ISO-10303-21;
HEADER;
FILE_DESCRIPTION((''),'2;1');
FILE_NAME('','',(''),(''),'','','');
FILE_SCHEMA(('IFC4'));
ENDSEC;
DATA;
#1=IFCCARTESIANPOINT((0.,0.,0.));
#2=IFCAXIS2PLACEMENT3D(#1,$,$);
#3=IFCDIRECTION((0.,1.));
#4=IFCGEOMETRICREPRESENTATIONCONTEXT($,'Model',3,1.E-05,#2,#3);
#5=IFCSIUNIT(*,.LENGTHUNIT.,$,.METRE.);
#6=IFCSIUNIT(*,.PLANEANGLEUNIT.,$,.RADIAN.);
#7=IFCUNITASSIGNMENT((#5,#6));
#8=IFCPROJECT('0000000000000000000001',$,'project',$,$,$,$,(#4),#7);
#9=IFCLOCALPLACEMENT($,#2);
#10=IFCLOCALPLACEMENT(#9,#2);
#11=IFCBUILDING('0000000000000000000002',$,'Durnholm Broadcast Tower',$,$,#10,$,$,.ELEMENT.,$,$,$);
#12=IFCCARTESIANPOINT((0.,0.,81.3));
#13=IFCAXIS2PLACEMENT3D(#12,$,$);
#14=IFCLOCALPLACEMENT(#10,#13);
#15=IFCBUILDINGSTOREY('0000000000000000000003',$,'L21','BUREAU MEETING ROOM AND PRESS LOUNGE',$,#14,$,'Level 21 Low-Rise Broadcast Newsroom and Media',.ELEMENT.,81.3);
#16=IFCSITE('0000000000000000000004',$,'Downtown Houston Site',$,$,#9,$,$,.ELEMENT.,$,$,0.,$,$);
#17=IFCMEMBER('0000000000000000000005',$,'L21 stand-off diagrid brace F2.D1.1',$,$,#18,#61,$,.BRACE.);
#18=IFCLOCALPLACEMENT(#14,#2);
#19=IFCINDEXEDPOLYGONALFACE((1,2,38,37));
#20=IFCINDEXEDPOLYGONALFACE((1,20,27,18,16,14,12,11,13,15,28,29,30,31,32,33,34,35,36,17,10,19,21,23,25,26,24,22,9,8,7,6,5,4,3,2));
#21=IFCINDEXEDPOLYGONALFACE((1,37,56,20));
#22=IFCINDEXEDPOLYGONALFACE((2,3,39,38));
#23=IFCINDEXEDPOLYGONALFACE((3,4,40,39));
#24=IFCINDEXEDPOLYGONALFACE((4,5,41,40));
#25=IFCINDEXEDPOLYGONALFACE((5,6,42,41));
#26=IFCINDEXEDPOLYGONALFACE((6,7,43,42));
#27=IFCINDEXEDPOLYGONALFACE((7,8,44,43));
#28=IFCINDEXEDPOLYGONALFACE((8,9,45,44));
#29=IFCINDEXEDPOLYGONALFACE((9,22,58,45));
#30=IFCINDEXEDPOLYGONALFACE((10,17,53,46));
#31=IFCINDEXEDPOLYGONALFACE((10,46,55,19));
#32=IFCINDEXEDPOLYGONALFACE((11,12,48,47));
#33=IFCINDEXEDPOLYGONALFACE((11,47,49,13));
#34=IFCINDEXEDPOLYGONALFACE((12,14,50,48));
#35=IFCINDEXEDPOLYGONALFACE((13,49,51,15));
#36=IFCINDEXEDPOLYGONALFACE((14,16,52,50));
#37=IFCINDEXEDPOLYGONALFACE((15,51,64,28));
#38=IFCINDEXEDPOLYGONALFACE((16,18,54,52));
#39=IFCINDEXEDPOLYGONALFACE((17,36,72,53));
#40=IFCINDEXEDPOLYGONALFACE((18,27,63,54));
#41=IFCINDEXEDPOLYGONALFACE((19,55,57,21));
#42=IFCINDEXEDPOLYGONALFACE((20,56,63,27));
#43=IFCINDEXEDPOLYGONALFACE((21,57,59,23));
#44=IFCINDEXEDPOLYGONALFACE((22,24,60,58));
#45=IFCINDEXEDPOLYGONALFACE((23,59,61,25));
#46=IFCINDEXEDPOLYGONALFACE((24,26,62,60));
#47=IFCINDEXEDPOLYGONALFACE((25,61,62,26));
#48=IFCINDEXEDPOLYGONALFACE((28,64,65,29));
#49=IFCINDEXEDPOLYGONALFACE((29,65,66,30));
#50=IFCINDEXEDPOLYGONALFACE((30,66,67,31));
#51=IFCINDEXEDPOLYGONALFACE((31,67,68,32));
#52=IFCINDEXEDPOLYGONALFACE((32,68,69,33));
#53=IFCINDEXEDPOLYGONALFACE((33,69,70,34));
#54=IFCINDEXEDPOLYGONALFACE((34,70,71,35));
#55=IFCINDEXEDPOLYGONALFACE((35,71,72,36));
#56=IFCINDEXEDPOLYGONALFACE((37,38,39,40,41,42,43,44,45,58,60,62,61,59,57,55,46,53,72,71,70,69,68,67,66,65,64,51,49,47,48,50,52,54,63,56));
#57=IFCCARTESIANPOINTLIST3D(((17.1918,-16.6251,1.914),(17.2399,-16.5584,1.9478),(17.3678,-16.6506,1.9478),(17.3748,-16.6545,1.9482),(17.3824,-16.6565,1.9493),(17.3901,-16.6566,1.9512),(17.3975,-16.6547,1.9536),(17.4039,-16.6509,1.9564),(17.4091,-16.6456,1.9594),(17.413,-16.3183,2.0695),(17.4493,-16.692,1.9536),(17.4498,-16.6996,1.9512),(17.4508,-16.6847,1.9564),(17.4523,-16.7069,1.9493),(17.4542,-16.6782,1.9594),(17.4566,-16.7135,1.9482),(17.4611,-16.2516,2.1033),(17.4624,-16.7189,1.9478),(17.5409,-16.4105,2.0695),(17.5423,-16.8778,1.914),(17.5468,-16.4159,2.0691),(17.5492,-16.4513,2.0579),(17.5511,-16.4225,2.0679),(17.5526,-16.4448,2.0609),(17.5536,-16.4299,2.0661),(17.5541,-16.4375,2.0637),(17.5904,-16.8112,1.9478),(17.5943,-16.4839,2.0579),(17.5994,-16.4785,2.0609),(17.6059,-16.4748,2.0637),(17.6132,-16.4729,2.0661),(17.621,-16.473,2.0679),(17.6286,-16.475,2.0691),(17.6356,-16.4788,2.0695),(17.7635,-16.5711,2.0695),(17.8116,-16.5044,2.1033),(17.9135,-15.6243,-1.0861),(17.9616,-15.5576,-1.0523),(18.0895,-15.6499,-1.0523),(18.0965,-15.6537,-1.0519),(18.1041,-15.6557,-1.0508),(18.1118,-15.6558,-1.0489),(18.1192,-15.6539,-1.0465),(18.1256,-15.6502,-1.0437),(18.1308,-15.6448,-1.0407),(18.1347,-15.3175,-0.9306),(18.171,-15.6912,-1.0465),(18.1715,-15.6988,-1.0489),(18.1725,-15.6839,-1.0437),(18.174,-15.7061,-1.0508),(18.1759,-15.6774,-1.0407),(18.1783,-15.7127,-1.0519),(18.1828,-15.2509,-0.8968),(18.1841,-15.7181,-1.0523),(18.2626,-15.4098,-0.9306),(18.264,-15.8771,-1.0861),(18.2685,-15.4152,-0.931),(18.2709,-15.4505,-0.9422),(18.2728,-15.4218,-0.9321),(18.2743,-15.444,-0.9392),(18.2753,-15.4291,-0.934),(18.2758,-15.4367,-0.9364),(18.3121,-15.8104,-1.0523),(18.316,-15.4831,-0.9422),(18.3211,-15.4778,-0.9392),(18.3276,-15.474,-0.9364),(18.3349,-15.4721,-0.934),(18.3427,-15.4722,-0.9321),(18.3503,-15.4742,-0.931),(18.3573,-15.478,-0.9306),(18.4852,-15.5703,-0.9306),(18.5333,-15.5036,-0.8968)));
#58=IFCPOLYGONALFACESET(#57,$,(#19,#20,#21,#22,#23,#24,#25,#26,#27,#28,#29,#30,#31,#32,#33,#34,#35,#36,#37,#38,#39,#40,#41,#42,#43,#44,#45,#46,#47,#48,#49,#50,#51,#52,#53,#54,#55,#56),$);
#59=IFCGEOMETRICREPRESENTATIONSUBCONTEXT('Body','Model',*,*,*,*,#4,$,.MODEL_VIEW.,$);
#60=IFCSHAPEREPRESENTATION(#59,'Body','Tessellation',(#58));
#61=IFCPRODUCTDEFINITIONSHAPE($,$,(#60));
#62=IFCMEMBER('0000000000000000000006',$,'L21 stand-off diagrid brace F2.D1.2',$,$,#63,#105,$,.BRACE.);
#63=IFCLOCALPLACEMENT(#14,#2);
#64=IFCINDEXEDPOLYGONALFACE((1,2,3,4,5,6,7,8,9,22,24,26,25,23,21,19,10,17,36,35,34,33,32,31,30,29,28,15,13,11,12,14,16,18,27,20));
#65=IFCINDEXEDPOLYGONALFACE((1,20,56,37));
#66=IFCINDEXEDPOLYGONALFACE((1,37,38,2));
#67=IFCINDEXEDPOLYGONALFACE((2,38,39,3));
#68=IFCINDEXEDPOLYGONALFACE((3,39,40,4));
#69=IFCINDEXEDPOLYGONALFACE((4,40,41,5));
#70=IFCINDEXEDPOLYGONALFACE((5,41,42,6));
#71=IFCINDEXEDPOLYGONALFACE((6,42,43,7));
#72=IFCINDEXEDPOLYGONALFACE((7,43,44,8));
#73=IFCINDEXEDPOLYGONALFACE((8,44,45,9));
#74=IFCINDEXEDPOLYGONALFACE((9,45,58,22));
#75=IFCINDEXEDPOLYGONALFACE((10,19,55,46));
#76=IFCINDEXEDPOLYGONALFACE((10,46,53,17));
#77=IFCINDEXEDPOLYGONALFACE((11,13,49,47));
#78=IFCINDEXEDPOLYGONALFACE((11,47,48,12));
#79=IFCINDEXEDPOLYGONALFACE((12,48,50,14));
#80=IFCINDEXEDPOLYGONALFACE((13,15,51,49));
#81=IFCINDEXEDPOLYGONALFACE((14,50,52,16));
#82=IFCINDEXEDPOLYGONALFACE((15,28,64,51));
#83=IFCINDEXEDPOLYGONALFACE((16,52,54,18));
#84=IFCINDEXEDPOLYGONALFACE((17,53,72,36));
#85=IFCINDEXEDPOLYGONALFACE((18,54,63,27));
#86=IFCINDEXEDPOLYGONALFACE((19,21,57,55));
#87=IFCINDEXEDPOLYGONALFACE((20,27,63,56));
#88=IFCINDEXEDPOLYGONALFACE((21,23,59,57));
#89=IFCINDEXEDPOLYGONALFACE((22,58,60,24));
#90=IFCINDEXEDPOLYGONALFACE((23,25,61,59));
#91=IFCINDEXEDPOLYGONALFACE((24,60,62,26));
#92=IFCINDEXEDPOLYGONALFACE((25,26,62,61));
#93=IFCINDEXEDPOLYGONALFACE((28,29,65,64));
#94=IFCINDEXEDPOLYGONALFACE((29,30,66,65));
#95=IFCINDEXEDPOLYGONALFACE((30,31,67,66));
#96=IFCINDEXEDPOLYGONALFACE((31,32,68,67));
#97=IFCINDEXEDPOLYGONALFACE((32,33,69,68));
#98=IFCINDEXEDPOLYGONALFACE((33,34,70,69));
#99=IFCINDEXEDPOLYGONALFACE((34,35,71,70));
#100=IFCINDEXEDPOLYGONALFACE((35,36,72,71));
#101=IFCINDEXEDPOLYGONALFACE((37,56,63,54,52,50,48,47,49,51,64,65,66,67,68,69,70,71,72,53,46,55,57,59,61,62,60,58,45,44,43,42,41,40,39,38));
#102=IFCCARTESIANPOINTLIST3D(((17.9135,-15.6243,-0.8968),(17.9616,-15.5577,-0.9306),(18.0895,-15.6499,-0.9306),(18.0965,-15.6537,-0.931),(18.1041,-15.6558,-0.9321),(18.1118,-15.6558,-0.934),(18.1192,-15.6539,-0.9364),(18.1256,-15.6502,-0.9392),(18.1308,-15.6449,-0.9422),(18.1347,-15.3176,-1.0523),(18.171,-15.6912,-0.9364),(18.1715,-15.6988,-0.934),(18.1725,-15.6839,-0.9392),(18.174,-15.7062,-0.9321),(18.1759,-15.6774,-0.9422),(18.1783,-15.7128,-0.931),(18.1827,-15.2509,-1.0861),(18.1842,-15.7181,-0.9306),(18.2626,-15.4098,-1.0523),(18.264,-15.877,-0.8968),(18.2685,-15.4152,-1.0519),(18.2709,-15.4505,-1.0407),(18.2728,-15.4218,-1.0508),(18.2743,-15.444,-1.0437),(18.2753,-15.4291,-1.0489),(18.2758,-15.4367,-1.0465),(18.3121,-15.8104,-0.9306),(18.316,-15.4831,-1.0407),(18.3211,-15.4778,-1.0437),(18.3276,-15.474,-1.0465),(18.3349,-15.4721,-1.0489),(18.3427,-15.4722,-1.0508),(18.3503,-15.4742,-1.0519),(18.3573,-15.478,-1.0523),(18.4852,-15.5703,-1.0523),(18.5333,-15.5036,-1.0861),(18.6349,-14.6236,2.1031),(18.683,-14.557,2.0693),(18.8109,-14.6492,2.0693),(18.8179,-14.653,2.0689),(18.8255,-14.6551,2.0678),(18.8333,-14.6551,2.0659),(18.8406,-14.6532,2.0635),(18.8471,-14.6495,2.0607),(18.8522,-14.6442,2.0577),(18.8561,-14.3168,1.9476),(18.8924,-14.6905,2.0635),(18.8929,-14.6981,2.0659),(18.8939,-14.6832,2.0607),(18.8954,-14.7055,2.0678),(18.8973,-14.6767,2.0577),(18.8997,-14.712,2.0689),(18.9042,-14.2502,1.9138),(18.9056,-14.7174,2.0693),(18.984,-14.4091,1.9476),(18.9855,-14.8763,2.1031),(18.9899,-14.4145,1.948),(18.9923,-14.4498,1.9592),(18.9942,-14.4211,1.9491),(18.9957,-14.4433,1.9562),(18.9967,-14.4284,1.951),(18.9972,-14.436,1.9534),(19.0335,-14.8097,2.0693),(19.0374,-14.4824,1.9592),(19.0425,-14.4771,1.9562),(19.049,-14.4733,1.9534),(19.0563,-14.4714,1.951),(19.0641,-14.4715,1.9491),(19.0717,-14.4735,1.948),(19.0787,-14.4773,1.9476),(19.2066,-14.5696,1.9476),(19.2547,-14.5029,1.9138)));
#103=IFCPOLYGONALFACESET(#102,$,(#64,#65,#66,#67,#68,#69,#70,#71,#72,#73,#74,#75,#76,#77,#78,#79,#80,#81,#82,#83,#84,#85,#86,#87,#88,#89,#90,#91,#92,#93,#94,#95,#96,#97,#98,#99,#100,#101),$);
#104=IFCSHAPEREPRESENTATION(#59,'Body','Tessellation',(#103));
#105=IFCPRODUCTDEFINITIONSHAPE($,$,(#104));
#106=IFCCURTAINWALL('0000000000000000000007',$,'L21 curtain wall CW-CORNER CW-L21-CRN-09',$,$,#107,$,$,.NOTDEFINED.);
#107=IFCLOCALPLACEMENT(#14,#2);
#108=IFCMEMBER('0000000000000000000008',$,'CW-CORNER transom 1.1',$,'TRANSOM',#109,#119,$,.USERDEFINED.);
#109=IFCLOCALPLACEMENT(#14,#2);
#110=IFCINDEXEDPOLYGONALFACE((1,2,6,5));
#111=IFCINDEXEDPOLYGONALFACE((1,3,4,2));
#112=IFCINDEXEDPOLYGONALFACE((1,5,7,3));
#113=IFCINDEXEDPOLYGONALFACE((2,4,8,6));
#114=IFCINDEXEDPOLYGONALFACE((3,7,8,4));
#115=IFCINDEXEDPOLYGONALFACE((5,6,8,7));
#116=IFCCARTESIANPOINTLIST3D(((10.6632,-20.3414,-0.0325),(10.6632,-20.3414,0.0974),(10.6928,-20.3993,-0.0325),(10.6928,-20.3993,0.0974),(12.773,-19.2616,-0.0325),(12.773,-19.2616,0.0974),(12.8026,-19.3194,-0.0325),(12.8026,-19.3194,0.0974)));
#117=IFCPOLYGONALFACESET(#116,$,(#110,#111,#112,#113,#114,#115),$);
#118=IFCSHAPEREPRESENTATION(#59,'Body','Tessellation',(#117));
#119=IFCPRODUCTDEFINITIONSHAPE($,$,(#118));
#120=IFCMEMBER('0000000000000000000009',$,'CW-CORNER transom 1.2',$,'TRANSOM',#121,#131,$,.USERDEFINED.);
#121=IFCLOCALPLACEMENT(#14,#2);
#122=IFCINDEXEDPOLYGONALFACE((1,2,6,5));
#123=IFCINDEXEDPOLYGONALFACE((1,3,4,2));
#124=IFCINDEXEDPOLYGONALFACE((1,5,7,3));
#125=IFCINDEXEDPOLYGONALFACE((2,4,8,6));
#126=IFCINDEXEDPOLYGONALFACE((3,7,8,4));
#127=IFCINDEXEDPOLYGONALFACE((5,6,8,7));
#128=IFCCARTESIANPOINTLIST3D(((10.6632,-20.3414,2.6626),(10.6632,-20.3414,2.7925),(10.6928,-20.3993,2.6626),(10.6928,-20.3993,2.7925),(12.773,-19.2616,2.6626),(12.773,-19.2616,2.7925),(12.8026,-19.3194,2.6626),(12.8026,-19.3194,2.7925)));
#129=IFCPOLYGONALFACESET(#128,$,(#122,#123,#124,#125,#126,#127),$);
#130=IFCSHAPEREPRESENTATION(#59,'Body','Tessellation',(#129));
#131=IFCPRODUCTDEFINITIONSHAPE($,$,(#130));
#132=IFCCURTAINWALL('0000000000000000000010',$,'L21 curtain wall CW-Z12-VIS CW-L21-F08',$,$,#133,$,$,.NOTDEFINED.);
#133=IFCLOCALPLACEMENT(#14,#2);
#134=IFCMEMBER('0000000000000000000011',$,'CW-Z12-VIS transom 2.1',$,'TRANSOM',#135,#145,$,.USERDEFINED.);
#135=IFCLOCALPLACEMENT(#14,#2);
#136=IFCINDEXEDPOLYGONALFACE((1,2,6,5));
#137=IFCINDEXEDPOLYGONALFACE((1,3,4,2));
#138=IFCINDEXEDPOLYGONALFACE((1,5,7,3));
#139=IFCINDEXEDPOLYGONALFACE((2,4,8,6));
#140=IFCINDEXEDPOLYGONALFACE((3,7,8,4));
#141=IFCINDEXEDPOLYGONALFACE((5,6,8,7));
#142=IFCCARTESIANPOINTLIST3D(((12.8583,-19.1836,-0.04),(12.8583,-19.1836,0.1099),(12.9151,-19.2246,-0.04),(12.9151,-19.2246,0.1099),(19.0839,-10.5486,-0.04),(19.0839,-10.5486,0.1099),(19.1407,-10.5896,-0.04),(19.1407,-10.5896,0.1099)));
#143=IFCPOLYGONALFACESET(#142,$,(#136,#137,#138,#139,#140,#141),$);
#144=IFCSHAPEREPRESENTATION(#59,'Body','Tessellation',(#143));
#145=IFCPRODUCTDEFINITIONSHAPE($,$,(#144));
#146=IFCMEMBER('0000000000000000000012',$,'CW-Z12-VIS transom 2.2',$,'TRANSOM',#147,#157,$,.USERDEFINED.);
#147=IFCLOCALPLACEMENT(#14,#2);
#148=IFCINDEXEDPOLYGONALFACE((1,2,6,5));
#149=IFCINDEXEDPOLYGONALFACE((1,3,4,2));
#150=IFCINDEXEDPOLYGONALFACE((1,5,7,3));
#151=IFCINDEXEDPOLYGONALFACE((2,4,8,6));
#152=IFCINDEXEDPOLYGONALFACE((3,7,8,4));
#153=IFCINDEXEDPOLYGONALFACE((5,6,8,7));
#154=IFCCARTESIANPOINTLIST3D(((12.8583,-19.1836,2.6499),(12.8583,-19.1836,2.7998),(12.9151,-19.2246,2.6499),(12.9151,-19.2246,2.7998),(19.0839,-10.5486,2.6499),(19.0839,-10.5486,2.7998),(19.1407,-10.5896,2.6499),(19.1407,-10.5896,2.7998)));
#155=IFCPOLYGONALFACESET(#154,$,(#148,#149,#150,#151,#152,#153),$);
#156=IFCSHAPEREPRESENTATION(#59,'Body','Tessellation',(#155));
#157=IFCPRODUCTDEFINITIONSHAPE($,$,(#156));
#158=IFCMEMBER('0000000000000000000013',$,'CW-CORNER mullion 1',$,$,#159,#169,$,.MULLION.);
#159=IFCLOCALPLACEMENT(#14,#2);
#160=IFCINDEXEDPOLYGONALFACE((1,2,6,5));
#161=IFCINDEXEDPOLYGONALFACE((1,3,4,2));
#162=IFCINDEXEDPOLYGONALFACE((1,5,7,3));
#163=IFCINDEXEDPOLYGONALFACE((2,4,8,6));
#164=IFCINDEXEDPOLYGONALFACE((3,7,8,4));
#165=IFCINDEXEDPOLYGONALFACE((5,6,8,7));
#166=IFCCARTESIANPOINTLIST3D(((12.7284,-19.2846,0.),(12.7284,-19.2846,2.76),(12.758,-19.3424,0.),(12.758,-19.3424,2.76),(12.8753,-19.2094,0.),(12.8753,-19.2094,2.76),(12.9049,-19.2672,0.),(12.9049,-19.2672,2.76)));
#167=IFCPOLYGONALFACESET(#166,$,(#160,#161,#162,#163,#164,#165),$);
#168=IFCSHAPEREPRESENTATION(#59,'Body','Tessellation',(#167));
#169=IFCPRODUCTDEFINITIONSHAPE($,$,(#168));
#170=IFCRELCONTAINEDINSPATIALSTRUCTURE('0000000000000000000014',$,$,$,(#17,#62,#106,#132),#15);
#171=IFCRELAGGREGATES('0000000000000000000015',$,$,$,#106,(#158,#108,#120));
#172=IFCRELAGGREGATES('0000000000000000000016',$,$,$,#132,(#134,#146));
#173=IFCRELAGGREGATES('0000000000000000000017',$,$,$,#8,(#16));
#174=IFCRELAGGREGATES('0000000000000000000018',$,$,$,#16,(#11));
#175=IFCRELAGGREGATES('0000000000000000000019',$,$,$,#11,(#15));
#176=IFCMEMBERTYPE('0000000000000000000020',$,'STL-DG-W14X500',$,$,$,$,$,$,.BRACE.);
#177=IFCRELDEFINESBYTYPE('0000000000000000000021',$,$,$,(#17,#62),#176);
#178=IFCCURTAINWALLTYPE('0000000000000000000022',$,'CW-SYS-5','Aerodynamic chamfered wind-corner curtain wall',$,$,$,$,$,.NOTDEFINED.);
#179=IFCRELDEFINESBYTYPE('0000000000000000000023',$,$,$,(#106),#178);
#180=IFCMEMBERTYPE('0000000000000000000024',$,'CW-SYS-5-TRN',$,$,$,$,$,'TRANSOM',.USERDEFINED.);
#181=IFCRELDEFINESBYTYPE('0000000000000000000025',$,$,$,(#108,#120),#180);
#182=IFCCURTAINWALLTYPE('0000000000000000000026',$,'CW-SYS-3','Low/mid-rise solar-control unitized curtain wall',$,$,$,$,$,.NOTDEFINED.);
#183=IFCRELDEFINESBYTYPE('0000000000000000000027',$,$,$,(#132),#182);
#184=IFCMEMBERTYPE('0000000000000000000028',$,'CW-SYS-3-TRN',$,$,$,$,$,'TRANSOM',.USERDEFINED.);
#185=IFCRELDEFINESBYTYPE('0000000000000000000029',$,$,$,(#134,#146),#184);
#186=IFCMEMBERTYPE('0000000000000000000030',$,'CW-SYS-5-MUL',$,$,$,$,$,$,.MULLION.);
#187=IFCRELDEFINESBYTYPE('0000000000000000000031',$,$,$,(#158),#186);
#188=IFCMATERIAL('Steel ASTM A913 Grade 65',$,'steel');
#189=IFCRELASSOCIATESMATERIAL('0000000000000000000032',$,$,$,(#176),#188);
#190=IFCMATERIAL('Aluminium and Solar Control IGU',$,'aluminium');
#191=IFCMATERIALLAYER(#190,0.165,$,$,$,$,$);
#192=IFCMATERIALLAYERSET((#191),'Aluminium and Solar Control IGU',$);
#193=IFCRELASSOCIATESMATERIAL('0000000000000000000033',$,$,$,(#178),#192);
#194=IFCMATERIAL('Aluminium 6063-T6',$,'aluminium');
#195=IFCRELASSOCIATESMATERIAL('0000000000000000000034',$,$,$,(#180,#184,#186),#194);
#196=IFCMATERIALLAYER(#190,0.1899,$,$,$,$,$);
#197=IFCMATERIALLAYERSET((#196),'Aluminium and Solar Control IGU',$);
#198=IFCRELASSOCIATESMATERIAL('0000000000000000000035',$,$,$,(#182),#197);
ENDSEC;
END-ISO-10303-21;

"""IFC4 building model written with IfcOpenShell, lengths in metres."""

from ifc_helpers import new_model, si_unit, direction, frame, origin, origin_2d, place, context, subcontext, project, spatial, rectangle, i_section, extrude, source, transform, mapped, material, layer, layer_set, material_profile, profile_set, type_object, type_shapes, element, aggregate, save


model = new_model("IFC4")

# Units and contexts
model_context = context("Model", 3, precision=1e-05, world=origin(), true_north=direction((0.0, 1.0)))
body_context = subcontext(model_context, "Body", "Model", "MODEL_VIEW")
ifc_project = project(units=[si_unit("LENGTHUNIT", "METRE"), si_unit("PLANEANGLEUNIT", "RADIAN")], contexts=[model_context])

# Site, building, storey
site_placement = place(None, origin())
site = spatial("IfcSite", under=ifc_project, at=site_placement, Name="Downtown Houston Site", CompositionType="ELEMENT", RefElevation=0.0)
building_placement = place(site_placement, origin())
building = spatial("IfcBuilding", under=site, at=building_placement, Name="Durnholm Broadcast Tower", CompositionType="ELEMENT")
storey_placement = place(building_placement, frame((0.0, 0.0, 81.3)))
storey = spatial("IfcBuildingStorey", under=building, at=storey_placement, Name="L21", Description="BUREAU MEETING ROOM AND PRESS LOUNGE", LongName="Level 21 Low-Rise Broadcast Newsroom and Media", CompositionType="ELEMENT", Elevation=81.3)

# Members
ifc_material_1 = material(Name="Steel ASTM A913 Grade 65", Category="steel")
ifc_material_profile_1 = material_profile(ifc_material_1, i_section(OverallWidth=0.4321, OverallDepth=0.4978, WebThickness=0.0557, FlangeThickness=0.0889, FilletRadius=0.0305, at=origin_2d()), Name="W14X500")
ifc_profile_set_1 = profile_set([ifc_material_profile_1], Name="Steel ASTM A913 Grade 65")
member_type_1 = type_object("IfcMemberType", Name="STL-DG-W14X500", PredefinedType="BRACE", material=ifc_profile_set_1)
shared_shape_1 = source(origin(), body_context, "Body", "SweptSolid", [
    extrude(i_section(OverallWidth=0.4321, OverallDepth=0.4978, WebThickness=0.0557, FlangeThickness=0.0889, FilletRadius=0.0305, at=origin_2d()), origin(), (0.0, 0.0, 1.0), 3.2439),
])
member_1_placement = place(storey_placement, frame((18.2234, -15.564, -0.9915), z_axis=(-0.222479, -0.308505, 0.924839), x_axis=(0.811091, -0.58492, 0.0)))
element("IfcMember", 1, at=member_1_placement, inside=storey, type_object=member_type_1, Name="L21 stand-off diagrid brace F2.D1.1", PredefinedType="BRACE", context=body_context, shape_type="MappedRepresentation", body=[
    mapped(shared_shape_1, transform((0.0, 0.0, 0.0), x_axis=(1.0, 0.0, 0.0), y_axis=(0.0, 1.0, 0.0), z_axis=(0.0, 0.0, 1.0), scale=1.0)),
])
shared_shape_2 = source(origin(), body_context, "Body", "SweptSolid", [
    extrude(i_section(OverallWidth=0.4321, OverallDepth=0.4978, WebThickness=0.0557, FlangeThickness=0.0889, FilletRadius=0.0305, at=origin_2d()), origin(), (0.0, 0.0, 1.0), 3.2437),
])
type_shapes(member_type_1, [shared_shape_1, shared_shape_2])
member_2_placement = place(storey_placement, frame((18.2234, -15.564, -0.9915), z_axis=(0.222408, 0.308511, 0.924855), x_axis=(-0.811185, 0.584789, 0.0)))
element("IfcMember", 2, at=member_2_placement, inside=storey, type_object=member_type_1, Name="L21 stand-off diagrid brace F2.D1.2", PredefinedType="BRACE", context=body_context, shape_type="MappedRepresentation", body=[
    mapped(shared_shape_2, transform((0.0, 0.0, 0.0), x_axis=(1.0, 0.0, 0.0), y_axis=(0.0, 1.0, 0.0), z_axis=(0.0, 0.0, 1.0), scale=1.0)),
])

# Curtain walls, members
ifc_material_2 = material(Name="Aluminium and Solar Control IGU", Category="aluminium")
ifc_layer_1 = layer(ifc_material_2, 0.165)
ifc_layer_set_1 = layer_set([ifc_layer_1], Name="Aluminium and Solar Control IGU")
curtain_wall_type_1 = type_object("IfcCurtainWallType", Name="CW-SYS-5", Description="Aerodynamic chamfered wind-corner curtain wall", PredefinedType="NOTDEFINED", material=ifc_layer_set_1)
curtain_wall_1_placement = place(storey_placement, origin())
curtain_wall_1 = element("IfcCurtainWall", 3, at=curtain_wall_1_placement, inside=storey, type_object=curtain_wall_type_1, Name="L21 curtain wall CW-CORNER CW-L21-CRN-09", PredefinedType="NOTDEFINED")
ifc_material_3 = material(Name="Aluminium 6063-T6", Category="aluminium")
ifc_material_profile_2 = material_profile(ifc_material_3, rectangle(XDim=0.0649, YDim=0.1299, at=origin_2d()), Name="CWT65X130")
ifc_profile_set_2 = profile_set([ifc_material_profile_2], Name="Aluminium 6063-T6")
member_type_2 = type_object("IfcMemberType", Name="CW-SYS-5-TRN", ElementType="TRANSOM", PredefinedType="USERDEFINED", material=ifc_profile_set_2)
shared_shape_3 = source(origin(), body_context, "Body", "SweptSolid", [
    extrude(rectangle(XDim=0.0649, YDim=0.1299, at=origin_2d()), origin(), (0.0, 0.0, 1.0), 2.3701),
])
type_shapes(member_type_2, [shared_shape_3])
member_3_placement = place(storey_placement, frame((12.7878, -19.2905, 0.0325), z_axis=(-0.890185, -0.455599, 0.0), x_axis=(0.455599, -0.890185, 0.0)))
member_3 = element("IfcMember", 4, at=member_3_placement, type_object=member_type_2, Name="CW-CORNER transom 1.1", ObjectType="TRANSOM", PredefinedType="USERDEFINED", context=body_context, shape_type="MappedRepresentation", body=[
    mapped(shared_shape_3, transform((0.0, 0.0, 0.0), x_axis=(1.0, 0.0, 0.0), y_axis=(0.0, 1.0, 0.0), z_axis=(0.0, 0.0, 1.0), scale=1.0)),
])
member_4_placement = place(storey_placement, frame((12.7878, -19.2905, 2.7275), z_axis=(-0.890185, -0.455599, 0.0), x_axis=(0.455599, -0.890185, 0.0)))
member_4 = element("IfcMember", 5, at=member_4_placement, type_object=member_type_2, Name="CW-CORNER transom 1.2", ObjectType="TRANSOM", PredefinedType="USERDEFINED", context=body_context, shape_type="MappedRepresentation", body=[
    mapped(shared_shape_3, transform((0.0, 0.0, 0.0), x_axis=(1.0, 0.0, 0.0), y_axis=(0.0, 1.0, 0.0), z_axis=(0.0, 0.0, 1.0), scale=1.0)),
])
ifc_layer_2 = layer(ifc_material_2, 0.1899)
ifc_layer_set_2 = layer_set([ifc_layer_2], Name="Aluminium and Solar Control IGU")
curtain_wall_type_2 = type_object("IfcCurtainWallType", Name="CW-SYS-3", Description="Low/mid-rise solar-control unitized curtain wall", PredefinedType="NOTDEFINED", material=ifc_layer_set_2)
curtain_wall_2_placement = place(storey_placement, origin())
curtain_wall_2 = element("IfcCurtainWall", 6, at=curtain_wall_2_placement, inside=storey, type_object=curtain_wall_type_2, Name="L21 curtain wall CW-Z12-VIS CW-L21-F08", PredefinedType="NOTDEFINED")
ifc_material_profile_3 = material_profile(ifc_material_3, rectangle(XDim=0.0701, YDim=0.1499, at=origin_2d()), Name="CWT70X150")
ifc_profile_set_3 = profile_set([ifc_material_profile_3], Name="Aluminium 6063-T6")
member_type_3 = type_object("IfcMemberType", Name="CW-SYS-3-TRN", ElementType="TRANSOM", PredefinedType="USERDEFINED", material=ifc_profile_set_3)
shared_shape_4 = source(origin(), body_context, "Body", "SweptSolid", [
    extrude(rectangle(XDim=0.0701, YDim=0.1499, at=origin_2d()), origin(), (0.0, 0.0, 1.0), 10.6453),
])
type_shapes(member_type_3, [shared_shape_4])
member_5_placement = place(storey_placement, frame((19.1123, -10.5691, 0.0349), z_axis=(-0.584823, -0.811161, 0.0), x_axis=(0.811161, -0.584823, 0.0)))
member_5 = element("IfcMember", 7, at=member_5_placement, type_object=member_type_3, Name="CW-Z12-VIS transom 2.1", ObjectType="TRANSOM", PredefinedType="USERDEFINED", context=body_context, shape_type="MappedRepresentation", body=[
    mapped(shared_shape_4, transform((0.0, 0.0, 0.0), x_axis=(1.0, 0.0, 0.0), y_axis=(0.0, 1.0, 0.0), z_axis=(0.0, 0.0, 1.0), scale=1.0)),
])
member_6_placement = place(storey_placement, frame((19.1123, -10.5691, 2.7249), z_axis=(-0.584823, -0.811161, 0.0), x_axis=(0.811161, -0.584823, 0.0)))
member_6 = element("IfcMember", 8, at=member_6_placement, type_object=member_type_3, Name="CW-Z12-VIS transom 2.2", ObjectType="TRANSOM", PredefinedType="USERDEFINED", context=body_context, shape_type="MappedRepresentation", body=[
    mapped(shared_shape_4, transform((0.0, 0.0, 0.0), x_axis=(1.0, 0.0, 0.0), y_axis=(0.0, 1.0, 0.0), z_axis=(0.0, 0.0, 1.0), scale=1.0)),
])

# Member
ifc_material_profile_4 = material_profile(ifc_material_3, rectangle(XDim=0.0649, YDim=0.165, at=origin_2d()), Name="CWM65X165")
ifc_profile_set_4 = profile_set([ifc_material_profile_4], Name="Aluminium 6063-T6")
member_type_4 = type_object("IfcMemberType", Name="CW-SYS-5-MUL", PredefinedType="MULLION", material=ifc_profile_set_4)
shared_shape_5 = source(origin(), body_context, "Body", "SweptSolid", [
    extrude(rectangle(XDim=0.0649, YDim=0.165, at=origin_2d()), origin(), (0.0, 0.0, 1.0), 2.76),
])
type_shapes(member_type_4, [shared_shape_5])
member_7_placement = place(storey_placement, frame((12.8167, -19.2759, 0.0), z_axis=(0.0, 0.0, 1.0), x_axis=(0.455594, -0.890188, 0.0)))
member_7 = element("IfcMember", 9, at=member_7_placement, type_object=member_type_4, Name="CW-CORNER mullion 1", PredefinedType="MULLION", context=body_context, shape_type="MappedRepresentation", body=[
    mapped(shared_shape_5, transform((0.0, 0.0, 0.0), x_axis=(1.0, 0.0, 0.0), y_axis=(0.0, 1.0, 0.0), z_axis=(0.0, 0.0, 1.0), scale=1.0)),
])
aggregate(curtain_wall_1, [member_7, member_3, member_4])

aggregate(curtain_wall_2, [member_5, member_6])

save(model, "model.ifc")
